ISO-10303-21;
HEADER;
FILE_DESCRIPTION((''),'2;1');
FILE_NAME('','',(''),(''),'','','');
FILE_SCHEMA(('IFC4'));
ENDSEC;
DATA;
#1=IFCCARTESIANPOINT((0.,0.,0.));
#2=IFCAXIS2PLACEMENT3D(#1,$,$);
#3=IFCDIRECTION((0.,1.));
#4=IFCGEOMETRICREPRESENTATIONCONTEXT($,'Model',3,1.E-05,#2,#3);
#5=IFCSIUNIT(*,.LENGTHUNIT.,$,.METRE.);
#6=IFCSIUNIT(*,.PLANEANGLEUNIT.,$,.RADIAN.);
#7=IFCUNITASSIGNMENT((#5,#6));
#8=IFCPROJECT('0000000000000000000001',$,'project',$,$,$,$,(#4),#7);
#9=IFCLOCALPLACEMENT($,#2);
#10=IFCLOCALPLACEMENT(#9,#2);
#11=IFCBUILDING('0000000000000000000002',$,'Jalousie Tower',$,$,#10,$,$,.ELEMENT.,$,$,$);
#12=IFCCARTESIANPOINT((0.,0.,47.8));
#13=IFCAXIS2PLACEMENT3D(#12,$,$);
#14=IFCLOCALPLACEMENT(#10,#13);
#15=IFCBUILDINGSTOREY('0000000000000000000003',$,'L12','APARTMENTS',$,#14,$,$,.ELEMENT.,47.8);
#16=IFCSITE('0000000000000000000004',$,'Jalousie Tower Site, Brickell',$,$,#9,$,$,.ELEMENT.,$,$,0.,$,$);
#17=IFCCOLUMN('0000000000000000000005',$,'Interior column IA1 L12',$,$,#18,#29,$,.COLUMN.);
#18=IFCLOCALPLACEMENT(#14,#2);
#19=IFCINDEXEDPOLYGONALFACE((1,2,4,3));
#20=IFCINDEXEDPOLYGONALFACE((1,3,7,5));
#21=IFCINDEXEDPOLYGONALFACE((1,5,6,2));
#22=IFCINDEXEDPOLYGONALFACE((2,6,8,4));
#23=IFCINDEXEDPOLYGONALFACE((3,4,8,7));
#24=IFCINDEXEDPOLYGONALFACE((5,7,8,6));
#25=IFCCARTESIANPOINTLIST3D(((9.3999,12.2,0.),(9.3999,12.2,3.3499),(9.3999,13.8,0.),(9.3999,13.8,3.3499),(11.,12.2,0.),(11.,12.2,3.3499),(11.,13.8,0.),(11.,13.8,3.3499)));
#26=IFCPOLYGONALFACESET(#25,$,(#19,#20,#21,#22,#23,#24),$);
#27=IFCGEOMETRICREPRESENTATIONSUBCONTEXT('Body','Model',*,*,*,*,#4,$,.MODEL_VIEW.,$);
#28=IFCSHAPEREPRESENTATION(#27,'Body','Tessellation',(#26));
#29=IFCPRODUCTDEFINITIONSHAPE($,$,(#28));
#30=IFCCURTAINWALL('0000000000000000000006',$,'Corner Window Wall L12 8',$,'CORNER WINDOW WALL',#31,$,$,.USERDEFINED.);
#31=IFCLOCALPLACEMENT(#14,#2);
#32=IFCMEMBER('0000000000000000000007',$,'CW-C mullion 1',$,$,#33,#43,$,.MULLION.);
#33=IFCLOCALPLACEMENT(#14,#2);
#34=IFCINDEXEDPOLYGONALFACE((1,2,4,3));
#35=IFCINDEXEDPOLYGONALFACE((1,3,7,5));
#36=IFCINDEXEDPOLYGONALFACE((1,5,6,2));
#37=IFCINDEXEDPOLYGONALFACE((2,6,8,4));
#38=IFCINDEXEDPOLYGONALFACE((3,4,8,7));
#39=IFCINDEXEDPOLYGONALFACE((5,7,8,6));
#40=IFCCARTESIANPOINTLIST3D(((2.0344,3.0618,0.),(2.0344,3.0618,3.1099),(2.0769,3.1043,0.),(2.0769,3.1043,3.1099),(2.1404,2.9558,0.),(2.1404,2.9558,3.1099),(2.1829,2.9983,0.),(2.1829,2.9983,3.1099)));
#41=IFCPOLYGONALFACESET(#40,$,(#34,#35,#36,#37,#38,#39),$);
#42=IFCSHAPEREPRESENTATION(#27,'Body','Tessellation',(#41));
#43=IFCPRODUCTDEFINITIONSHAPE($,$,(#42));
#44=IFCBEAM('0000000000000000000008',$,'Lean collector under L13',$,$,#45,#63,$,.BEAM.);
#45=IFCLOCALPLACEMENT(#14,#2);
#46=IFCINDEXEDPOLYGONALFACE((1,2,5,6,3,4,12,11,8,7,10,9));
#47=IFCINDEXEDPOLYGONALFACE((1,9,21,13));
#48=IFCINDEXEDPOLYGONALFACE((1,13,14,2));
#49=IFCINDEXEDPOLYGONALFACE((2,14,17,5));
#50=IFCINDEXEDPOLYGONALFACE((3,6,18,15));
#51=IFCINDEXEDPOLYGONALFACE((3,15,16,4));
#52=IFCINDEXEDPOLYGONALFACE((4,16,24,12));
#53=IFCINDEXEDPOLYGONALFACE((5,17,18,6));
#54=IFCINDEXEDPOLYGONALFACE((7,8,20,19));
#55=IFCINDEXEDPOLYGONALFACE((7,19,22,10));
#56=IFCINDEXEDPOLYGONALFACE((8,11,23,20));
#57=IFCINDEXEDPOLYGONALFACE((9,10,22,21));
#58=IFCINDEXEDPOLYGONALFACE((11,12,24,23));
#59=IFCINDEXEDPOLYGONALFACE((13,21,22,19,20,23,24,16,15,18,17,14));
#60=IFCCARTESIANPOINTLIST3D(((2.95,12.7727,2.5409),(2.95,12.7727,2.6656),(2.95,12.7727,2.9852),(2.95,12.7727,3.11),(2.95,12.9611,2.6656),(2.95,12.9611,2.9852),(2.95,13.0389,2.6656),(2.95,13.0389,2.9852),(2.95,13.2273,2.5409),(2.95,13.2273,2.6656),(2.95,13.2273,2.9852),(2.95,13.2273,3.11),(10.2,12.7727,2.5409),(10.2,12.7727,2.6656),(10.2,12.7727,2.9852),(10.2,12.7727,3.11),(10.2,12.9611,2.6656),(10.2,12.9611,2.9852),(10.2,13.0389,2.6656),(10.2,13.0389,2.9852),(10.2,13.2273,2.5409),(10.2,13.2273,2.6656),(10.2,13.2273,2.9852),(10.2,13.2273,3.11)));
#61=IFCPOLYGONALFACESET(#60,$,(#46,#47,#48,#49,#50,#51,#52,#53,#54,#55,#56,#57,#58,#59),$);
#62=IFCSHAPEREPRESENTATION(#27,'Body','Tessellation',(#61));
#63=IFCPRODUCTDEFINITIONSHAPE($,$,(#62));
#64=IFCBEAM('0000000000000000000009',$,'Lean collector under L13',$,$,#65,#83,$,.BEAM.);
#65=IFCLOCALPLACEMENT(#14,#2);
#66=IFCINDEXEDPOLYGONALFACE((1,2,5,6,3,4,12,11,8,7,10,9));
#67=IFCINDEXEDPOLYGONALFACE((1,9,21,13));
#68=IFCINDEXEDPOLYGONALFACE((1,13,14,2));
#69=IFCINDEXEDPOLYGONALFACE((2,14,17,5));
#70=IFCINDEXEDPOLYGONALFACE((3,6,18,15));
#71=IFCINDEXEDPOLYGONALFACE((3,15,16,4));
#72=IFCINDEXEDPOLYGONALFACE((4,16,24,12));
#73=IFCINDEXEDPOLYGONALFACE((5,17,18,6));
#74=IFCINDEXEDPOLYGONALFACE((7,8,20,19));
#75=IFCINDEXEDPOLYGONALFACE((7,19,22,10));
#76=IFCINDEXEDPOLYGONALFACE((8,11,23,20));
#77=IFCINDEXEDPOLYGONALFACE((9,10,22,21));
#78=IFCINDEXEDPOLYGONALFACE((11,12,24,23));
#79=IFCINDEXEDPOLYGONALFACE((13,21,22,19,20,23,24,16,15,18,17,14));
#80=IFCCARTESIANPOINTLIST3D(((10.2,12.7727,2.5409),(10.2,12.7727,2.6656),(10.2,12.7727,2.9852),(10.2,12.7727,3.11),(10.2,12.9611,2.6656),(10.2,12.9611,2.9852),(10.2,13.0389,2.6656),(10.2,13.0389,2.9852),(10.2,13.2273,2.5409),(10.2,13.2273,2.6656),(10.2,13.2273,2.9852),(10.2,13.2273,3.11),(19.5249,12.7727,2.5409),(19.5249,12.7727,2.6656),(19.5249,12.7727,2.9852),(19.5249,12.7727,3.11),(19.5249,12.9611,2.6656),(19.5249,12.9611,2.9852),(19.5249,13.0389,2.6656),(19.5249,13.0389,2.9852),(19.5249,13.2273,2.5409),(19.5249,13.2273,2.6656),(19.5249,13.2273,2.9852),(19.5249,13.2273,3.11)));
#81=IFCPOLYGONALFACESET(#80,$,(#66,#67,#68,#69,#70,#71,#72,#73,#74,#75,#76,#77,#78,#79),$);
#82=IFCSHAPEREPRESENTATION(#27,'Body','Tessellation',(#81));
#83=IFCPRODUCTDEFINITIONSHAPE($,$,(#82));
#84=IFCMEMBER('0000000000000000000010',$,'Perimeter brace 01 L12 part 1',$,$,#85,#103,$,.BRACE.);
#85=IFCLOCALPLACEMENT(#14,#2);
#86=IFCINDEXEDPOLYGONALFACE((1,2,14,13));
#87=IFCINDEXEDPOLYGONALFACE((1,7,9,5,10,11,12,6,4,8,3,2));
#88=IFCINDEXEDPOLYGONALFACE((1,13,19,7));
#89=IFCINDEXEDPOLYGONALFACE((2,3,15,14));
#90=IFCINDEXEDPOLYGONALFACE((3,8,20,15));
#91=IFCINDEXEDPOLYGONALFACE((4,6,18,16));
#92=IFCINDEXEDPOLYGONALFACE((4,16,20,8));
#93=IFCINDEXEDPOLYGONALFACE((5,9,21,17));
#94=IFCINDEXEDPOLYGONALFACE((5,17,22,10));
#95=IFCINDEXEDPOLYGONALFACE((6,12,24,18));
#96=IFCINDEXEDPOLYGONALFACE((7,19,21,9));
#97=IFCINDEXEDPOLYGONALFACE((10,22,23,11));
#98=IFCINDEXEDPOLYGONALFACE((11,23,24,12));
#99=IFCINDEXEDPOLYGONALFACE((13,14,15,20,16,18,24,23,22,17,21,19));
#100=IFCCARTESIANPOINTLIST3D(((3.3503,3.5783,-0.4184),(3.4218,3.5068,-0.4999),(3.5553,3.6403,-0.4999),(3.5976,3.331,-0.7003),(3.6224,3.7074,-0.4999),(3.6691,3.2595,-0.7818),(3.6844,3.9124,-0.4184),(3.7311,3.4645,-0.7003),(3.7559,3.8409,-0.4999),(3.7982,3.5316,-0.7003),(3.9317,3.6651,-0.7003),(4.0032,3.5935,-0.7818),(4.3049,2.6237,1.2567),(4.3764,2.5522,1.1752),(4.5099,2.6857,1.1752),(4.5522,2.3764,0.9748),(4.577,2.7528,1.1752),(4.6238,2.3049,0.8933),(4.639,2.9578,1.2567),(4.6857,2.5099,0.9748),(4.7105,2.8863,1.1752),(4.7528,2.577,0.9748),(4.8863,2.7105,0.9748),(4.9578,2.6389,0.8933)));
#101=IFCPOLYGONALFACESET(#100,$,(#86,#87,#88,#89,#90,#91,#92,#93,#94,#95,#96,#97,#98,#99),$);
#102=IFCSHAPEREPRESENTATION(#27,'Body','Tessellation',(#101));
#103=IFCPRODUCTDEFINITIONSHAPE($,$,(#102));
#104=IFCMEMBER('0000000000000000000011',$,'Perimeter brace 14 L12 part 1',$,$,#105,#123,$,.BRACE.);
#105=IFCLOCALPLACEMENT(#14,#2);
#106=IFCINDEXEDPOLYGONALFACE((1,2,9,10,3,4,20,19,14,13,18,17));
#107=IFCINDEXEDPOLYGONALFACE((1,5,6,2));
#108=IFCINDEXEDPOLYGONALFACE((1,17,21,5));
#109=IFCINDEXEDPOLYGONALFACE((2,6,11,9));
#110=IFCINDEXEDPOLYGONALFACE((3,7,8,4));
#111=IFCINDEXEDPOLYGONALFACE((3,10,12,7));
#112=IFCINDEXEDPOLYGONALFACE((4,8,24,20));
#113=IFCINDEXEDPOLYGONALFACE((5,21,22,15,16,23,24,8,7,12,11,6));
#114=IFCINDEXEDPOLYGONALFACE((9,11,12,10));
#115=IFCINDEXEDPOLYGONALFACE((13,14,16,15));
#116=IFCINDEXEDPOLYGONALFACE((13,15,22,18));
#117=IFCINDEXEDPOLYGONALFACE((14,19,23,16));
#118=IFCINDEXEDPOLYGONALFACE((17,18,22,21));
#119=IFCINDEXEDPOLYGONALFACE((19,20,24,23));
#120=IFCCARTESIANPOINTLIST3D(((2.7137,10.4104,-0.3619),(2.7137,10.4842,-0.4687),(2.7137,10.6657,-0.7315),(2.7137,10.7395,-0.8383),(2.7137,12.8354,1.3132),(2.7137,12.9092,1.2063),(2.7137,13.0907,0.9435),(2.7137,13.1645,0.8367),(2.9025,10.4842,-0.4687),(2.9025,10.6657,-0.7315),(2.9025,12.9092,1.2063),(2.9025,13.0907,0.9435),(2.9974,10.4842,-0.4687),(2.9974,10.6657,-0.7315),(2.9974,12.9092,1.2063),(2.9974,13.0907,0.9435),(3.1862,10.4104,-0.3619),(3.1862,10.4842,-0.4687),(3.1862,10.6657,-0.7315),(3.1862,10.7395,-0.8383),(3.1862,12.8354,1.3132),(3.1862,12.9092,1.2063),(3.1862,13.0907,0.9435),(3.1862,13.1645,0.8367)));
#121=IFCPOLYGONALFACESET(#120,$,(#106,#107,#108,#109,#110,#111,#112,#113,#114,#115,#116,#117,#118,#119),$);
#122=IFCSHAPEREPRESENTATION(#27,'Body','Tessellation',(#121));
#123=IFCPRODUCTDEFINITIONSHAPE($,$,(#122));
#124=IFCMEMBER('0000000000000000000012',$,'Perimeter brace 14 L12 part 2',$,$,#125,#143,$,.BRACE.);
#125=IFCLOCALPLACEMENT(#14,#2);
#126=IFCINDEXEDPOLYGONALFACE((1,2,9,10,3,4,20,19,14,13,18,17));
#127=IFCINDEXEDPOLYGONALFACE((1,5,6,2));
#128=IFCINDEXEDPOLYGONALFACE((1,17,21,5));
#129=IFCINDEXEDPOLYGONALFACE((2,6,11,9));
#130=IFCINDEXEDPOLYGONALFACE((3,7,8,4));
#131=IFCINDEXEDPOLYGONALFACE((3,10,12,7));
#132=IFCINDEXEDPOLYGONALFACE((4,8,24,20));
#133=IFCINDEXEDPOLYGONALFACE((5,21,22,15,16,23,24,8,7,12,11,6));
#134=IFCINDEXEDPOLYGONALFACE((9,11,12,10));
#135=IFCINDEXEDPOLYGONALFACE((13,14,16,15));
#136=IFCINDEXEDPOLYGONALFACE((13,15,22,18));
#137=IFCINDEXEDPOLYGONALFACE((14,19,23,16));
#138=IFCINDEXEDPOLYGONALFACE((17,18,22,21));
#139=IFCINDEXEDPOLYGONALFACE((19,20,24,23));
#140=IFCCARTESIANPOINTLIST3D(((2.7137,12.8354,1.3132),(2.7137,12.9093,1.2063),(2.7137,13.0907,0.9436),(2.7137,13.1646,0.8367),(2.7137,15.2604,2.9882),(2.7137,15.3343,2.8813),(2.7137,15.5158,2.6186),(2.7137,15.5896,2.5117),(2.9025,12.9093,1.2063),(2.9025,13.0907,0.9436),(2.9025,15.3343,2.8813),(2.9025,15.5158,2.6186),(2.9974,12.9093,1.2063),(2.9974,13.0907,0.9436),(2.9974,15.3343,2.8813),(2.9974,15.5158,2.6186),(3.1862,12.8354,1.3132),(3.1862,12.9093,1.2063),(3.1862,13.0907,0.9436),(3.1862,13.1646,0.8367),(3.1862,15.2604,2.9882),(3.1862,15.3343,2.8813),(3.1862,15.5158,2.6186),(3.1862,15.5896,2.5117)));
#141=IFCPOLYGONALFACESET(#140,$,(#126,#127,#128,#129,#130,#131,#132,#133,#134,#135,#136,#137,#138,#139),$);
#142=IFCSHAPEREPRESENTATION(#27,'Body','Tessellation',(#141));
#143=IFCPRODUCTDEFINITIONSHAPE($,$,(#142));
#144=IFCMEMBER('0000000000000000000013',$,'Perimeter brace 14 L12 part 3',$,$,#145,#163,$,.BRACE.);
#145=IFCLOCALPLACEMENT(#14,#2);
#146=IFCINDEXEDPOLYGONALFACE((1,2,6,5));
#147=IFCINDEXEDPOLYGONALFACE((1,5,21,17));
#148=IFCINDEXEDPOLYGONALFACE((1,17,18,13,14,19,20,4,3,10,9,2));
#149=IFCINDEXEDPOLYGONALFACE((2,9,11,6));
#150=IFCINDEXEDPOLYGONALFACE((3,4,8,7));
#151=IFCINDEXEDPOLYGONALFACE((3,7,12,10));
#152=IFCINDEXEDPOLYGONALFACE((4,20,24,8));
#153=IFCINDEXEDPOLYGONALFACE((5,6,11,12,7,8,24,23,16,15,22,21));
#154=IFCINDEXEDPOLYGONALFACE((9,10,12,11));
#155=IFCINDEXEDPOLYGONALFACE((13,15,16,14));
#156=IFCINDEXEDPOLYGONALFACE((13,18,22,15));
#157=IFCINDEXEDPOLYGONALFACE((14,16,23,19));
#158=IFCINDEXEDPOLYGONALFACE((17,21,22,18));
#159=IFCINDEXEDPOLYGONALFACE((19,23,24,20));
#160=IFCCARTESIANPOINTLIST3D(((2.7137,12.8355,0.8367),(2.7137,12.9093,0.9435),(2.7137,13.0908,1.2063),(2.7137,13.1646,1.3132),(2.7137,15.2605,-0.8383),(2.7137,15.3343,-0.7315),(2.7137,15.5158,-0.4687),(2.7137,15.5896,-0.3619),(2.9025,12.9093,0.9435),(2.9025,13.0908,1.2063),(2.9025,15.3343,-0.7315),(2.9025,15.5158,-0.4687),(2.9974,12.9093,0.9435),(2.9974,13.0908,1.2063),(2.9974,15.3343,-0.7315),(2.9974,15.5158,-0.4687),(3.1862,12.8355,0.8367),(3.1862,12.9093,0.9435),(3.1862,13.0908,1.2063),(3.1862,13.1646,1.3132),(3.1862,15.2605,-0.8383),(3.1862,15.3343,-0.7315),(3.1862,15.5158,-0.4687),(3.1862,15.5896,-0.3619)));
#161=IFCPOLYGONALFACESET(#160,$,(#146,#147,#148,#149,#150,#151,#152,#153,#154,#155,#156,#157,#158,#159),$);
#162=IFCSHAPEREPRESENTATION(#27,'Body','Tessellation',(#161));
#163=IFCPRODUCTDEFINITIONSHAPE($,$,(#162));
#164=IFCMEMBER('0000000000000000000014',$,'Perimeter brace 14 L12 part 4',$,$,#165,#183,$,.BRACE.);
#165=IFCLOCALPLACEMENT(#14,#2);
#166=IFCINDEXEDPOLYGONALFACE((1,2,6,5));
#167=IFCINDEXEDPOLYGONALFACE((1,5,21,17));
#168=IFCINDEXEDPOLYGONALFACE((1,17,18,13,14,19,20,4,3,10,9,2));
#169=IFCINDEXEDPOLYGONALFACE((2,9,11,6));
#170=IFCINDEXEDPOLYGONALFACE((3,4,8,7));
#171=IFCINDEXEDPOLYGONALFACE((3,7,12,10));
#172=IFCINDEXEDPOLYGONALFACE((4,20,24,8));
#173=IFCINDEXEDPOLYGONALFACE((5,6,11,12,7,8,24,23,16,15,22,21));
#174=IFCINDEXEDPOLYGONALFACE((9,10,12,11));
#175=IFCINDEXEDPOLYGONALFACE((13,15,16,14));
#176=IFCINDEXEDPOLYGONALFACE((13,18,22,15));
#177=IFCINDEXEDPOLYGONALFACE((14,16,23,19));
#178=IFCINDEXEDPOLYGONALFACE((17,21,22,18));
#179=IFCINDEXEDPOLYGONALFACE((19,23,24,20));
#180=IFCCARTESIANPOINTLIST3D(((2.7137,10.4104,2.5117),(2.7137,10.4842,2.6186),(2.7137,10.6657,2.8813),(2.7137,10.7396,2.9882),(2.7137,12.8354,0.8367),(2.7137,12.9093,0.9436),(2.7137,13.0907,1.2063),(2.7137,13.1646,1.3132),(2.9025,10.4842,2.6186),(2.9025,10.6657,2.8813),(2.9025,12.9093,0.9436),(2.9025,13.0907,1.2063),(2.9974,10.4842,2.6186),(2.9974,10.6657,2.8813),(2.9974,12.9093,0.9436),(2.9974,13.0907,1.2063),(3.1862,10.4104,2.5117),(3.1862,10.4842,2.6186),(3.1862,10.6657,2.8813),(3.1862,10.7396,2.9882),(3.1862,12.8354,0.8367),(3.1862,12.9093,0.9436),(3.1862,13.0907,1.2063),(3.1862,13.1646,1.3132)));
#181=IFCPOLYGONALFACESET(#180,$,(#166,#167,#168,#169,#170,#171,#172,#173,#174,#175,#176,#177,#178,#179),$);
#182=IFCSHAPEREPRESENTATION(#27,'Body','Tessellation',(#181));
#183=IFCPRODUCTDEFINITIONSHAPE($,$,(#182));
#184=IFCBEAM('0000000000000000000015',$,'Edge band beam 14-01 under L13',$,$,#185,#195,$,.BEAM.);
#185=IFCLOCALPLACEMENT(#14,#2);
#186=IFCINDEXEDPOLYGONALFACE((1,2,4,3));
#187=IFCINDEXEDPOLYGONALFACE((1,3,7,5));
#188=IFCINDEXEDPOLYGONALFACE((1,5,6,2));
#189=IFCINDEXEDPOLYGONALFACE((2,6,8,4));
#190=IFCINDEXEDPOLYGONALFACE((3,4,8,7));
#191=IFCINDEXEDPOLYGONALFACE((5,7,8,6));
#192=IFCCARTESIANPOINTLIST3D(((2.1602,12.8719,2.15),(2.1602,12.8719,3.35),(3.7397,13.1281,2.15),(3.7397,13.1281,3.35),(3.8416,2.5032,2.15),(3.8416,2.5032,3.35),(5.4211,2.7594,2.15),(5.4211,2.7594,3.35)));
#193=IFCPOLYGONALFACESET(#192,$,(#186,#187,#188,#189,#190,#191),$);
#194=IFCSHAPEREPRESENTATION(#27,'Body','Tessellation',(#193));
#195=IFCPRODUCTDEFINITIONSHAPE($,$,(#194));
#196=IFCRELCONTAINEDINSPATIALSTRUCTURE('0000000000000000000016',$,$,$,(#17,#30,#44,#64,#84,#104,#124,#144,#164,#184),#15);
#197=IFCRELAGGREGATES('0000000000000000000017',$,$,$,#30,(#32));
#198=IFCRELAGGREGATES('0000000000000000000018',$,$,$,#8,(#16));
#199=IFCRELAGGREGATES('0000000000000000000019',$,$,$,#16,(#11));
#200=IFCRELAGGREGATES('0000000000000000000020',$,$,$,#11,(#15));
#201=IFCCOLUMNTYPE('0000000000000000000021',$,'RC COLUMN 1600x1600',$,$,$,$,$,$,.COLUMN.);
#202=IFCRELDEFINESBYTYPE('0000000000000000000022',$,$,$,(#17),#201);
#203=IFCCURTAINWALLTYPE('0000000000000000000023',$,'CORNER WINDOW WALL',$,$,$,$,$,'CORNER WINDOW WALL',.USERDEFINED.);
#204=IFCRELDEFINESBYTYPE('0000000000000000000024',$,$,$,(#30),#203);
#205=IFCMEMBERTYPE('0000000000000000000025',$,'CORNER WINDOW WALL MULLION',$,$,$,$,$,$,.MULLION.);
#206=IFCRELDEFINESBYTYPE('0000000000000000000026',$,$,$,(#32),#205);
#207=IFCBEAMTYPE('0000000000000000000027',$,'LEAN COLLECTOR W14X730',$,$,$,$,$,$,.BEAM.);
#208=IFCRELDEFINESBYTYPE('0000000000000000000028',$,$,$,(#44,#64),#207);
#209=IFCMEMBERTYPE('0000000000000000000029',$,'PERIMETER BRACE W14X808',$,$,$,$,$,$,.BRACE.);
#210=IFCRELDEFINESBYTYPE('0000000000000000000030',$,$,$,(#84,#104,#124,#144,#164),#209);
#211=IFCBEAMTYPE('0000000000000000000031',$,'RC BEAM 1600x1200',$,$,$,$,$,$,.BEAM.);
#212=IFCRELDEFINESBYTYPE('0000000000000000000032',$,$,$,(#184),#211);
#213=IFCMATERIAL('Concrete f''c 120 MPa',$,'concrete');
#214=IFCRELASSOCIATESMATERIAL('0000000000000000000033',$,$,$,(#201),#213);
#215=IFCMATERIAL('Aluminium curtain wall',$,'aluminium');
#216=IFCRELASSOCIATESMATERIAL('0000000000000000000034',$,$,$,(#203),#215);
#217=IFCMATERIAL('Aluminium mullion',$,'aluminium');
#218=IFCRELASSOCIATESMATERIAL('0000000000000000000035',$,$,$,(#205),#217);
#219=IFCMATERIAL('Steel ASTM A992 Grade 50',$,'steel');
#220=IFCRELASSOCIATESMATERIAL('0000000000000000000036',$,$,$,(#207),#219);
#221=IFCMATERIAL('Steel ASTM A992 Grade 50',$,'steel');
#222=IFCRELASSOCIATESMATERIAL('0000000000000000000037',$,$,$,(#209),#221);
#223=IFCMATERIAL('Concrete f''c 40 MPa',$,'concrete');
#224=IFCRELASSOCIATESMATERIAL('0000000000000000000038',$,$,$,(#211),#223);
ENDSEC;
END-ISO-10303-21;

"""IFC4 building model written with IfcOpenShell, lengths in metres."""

from ifc_helpers import new_model, si_unit, direction, frame, origin, origin_2d, place, context, subcontext, project, spatial, rectangle, i_section, extrude, material, material_profile, profile_set, type_object, element, aggregate, save


model = new_model("IFC4")

# Units and contexts
model_context = context("Model", 3, precision=1e-05, world=origin(), true_north=direction((0.0, 1.0)))
body_context = subcontext(model_context, "Body", "Model", "MODEL_VIEW")
ifc_project = project(units=[si_unit("LENGTHUNIT", "METRE"), si_unit("PLANEANGLEUNIT", "RADIAN")], contexts=[model_context])

# Site, building, storey
site_placement = place(None, origin())
site = spatial("IfcSite", under=ifc_project, at=site_placement, Name="Jalousie Tower Site, Brickell", CompositionType="ELEMENT", RefElevation=0.0)
building_placement = place(site_placement, origin())
building = spatial("IfcBuilding", under=site, at=building_placement, Name="Jalousie Tower", CompositionType="ELEMENT")
storey_placement = place(building_placement, frame((0.0, 0.0, 47.8)))
storey = spatial("IfcBuildingStorey", under=building, at=storey_placement, Name="L12", Description="APARTMENTS", CompositionType="ELEMENT", Elevation=47.8)

# Column
ifc_material_1 = material(Name="Concrete f'c 120 MPa", Category="concrete")
ifc_material_profile_1 = material_profile(ifc_material_1, rectangle(XDim=1.6001, YDim=1.6001, at=origin_2d()), Name="RC 1600x1600")
ifc_profile_set_1 = profile_set([ifc_material_profile_1], Name="Concrete f'c 120 MPa")
column_type = type_object("IfcColumnType", Name="RC COLUMN 1600x1600", PredefinedType="COLUMN", material=ifc_profile_set_1)
column_placement = place(storey_placement, frame((10.2, 13.0, 0.0), z_axis=(0.0, 0.0, 1.0), x_axis=(1.0, 0.0, 0.0)))
element("IfcColumn", 1, at=column_placement, inside=storey, type_object=column_type, Name="Interior column IA1 L12", PredefinedType="COLUMN", context=body_context, shape_type="SweptSolid", body=[
    extrude(rectangle(XDim=1.6001, YDim=1.6001, at=origin_2d()), origin(), (0.0, 0.0, 1.0), 3.3499),
])

# Curtain wall, member
ifc_material_2 = material(Name="Aluminium curtain wall", Category="aluminium")
curtain_wall_type_1 = type_object("IfcCurtainWallType", Name="CORNER WINDOW WALL", ElementType="CORNER WINDOW WALL", PredefinedType="USERDEFINED", material=ifc_material_2)
curtain_wall_1_placement = place(storey_placement, origin())
curtain_wall_1 = element("IfcCurtainWall", 2, at=curtain_wall_1_placement, inside=storey, type_object=curtain_wall_type_1, Name="Corner Window Wall L12 8", ObjectType="CORNER WINDOW WALL", PredefinedType="USERDEFINED")
ifc_material_3 = material(Name="Aluminium mullion", Category="aluminium")
ifc_material_profile_2 = material_profile(ifc_material_3, rectangle(XDim=0.0601, YDim=0.1499, at=origin_2d()), Name="MULLION 60x150")
ifc_profile_set_2 = profile_set([ifc_material_profile_2], Name="Aluminium mullion")
member_type_1 = type_object("IfcMemberType", Name="CORNER WINDOW WALL MULLION", PredefinedType="MULLION", material=ifc_profile_set_2)
member_1_placement = place(storey_placement, frame((2.1086, 3.03, 0.0), z_axis=(0.0, 0.0, 1.0), x_axis=(0.707107, 0.707107, 0.0)))
member_1 = element("IfcMember", 3, at=member_1_placement, type_object=member_type_1, Name="CW-C mullion 1", PredefinedType="MULLION", context=body_context, shape_type="SweptSolid", body=[
    extrude(rectangle(XDim=0.0601, YDim=0.1499, at=origin_2d()), origin(), (0.0, 0.0, 1.0), 3.1099),
])
aggregate(curtain_wall_1, [member_1])

# Beams
ifc_material_4 = material(Name="Steel ASTM A992 Grade 50", Category="steel")
ifc_material_profile_3 = material_profile(ifc_material_4, i_section(OverallWidth=0.4546, OverallDepth=0.5691, WebThickness=0.0779, FlangeThickness=0.1248, at=origin_2d()), Name="W14X730")
ifc_profile_set_3 = profile_set([ifc_material_profile_3], Name="Steel ASTM A992 Grade 50")
beam_type_1 = type_object("IfcBeamType", Name="LEAN COLLECTOR W14X730", PredefinedType="BEAM", material=ifc_profile_set_3)
beam_1_placement = place(storey_placement, frame((2.95, 13.0, 2.8254), z_axis=(1.0, 0.0, 0.0), x_axis=(0.0, 1.0, 0.0)))
element("IfcBeam", 4, at=beam_1_placement, inside=storey, type_object=beam_type_1, Name="Lean collector under L13", PredefinedType="BEAM", context=body_context, shape_type="SweptSolid", body=[
    extrude(i_section(OverallWidth=0.4546, OverallDepth=0.5691, WebThickness=0.0779, FlangeThickness=0.1248, at=origin_2d()), origin(), (0.0, 0.0, 1.0), 7.25),
])
beam_2_placement = place(storey_placement, frame((10.2, 13.0, 2.8254), z_axis=(1.0, 0.0, 0.0), x_axis=(0.0, 1.0, 0.0)))
element("IfcBeam", 5, at=beam_2_placement, inside=storey, type_object=beam_type_1, Name="Lean collector under L13", PredefinedType="BEAM", context=body_context, shape_type="SweptSolid", body=[
    extrude(i_section(OverallWidth=0.4546, OverallDepth=0.5691, WebThickness=0.0779, FlangeThickness=0.1248, at=origin_2d()), origin(), (0.0, 0.0, 1.0), 9.325),
])

# Members
ifc_material_5 = material(Name="Steel ASTM A992 Grade 50", Category="steel")
ifc_material_profile_4 = material_profile(ifc_material_5, i_section(OverallWidth=0.4724, OverallDepth=0.5791, WebThickness=0.095, FlangeThickness=0.1299, at=origin_2d()), Name="W14X808")
ifc_profile_set_4 = profile_set([ifc_material_profile_4], Name="Steel ASTM A992 Grade 50")
member_type_2 = type_object("IfcMemberType", Name="PERIMETER BRACE W14X808", PredefinedType="BRACE", material=ifc_profile_set_4)
member_2_placement = place(storey_placement, frame((3.6768, 3.5859, -0.6001), z_axis=(0.443718, -0.443718, 0.778607), x_axis=(0.707107, 0.707107, 0.0)))
element("IfcMember", 6, at=member_2_placement, inside=storey, type_object=member_type_2, Name="Perimeter brace 01 L12 part 1", PredefinedType="BRACE", context=body_context, shape_type="SweptSolid", body=[
    extrude(i_section(OverallWidth=0.4724, OverallDepth=0.5791, WebThickness=0.095, FlangeThickness=0.1299, at=origin_2d()), origin(), (0.0, 0.0, 1.0), 2.1514),
])
for number, where, z_axis, x_axis, name in (
    (7, (2.95, 10.575, -0.6001), (0.0, 0.8228, 0.568331), (-1.0, 0.0, 0.0), "Perimeter brace 14 L12 part 1"),
    (8, (2.95, 13.0, 1.075), (0.0, 0.8228, 0.568331), (-1.0, 0.0, 0.0), "Perimeter brace 14 L12 part 2"),
    (9, (2.95, 15.425, -0.6001), (0.0, -0.8228, 0.568331), (1.0, 0.0, 0.0), "Perimeter brace 14 L12 part 3"),
    (10, (2.95, 13.0, 1.075), (0.0, -0.8228, 0.568331), (1.0, 0.0, 0.0), "Perimeter brace 14 L12 part 4"),
):
    element("IfcMember", number, at=place(storey_placement, frame(where, z_axis=z_axis, x_axis=x_axis)), inside=storey, type_object=member_type_2, Name=name, PredefinedType="BRACE", context=body_context, shape_type="SweptSolid", body=[
        extrude(i_section(OverallWidth=0.4724, OverallDepth=0.5791, WebThickness=0.095, FlangeThickness=0.1299, at=origin_2d()), origin(), (0.0, 0.0, 1.0), 2.9473),
    ])

# Beam
ifc_material_6 = material(Name="Concrete f'c 40 MPa", Category="concrete")
ifc_material_profile_5 = material_profile(ifc_material_6, rectangle(XDim=1.6001, YDim=1.2, at=origin_2d()), Name="RC 1600x1200")
ifc_profile_set_5 = profile_set([ifc_material_profile_5], Name="Concrete f'c 40 MPa")
beam_type_2 = type_object("IfcBeamType", Name="RC BEAM 1600x1200", PredefinedType="BEAM", material=ifc_profile_set_5)
beam_3_placement = place(storey_placement, frame((2.95, 13.0, 2.75), z_axis=(0.160071, -0.987106, 0.0), x_axis=(0.987106, 0.160071, 0.0)))
element("IfcBeam", 11, at=beam_3_placement, inside=storey, type_object=beam_type_2, Name="Edge band beam 14-01 under L13", PredefinedType="BEAM", context=body_context, shape_type="SweptSolid", body=[
    extrude(rectangle(XDim=1.6001, YDim=1.2, at=origin_2d()), origin(), (0.0, 0.0, 1.0), 10.5042),
])

save(model, "model.ifc")
